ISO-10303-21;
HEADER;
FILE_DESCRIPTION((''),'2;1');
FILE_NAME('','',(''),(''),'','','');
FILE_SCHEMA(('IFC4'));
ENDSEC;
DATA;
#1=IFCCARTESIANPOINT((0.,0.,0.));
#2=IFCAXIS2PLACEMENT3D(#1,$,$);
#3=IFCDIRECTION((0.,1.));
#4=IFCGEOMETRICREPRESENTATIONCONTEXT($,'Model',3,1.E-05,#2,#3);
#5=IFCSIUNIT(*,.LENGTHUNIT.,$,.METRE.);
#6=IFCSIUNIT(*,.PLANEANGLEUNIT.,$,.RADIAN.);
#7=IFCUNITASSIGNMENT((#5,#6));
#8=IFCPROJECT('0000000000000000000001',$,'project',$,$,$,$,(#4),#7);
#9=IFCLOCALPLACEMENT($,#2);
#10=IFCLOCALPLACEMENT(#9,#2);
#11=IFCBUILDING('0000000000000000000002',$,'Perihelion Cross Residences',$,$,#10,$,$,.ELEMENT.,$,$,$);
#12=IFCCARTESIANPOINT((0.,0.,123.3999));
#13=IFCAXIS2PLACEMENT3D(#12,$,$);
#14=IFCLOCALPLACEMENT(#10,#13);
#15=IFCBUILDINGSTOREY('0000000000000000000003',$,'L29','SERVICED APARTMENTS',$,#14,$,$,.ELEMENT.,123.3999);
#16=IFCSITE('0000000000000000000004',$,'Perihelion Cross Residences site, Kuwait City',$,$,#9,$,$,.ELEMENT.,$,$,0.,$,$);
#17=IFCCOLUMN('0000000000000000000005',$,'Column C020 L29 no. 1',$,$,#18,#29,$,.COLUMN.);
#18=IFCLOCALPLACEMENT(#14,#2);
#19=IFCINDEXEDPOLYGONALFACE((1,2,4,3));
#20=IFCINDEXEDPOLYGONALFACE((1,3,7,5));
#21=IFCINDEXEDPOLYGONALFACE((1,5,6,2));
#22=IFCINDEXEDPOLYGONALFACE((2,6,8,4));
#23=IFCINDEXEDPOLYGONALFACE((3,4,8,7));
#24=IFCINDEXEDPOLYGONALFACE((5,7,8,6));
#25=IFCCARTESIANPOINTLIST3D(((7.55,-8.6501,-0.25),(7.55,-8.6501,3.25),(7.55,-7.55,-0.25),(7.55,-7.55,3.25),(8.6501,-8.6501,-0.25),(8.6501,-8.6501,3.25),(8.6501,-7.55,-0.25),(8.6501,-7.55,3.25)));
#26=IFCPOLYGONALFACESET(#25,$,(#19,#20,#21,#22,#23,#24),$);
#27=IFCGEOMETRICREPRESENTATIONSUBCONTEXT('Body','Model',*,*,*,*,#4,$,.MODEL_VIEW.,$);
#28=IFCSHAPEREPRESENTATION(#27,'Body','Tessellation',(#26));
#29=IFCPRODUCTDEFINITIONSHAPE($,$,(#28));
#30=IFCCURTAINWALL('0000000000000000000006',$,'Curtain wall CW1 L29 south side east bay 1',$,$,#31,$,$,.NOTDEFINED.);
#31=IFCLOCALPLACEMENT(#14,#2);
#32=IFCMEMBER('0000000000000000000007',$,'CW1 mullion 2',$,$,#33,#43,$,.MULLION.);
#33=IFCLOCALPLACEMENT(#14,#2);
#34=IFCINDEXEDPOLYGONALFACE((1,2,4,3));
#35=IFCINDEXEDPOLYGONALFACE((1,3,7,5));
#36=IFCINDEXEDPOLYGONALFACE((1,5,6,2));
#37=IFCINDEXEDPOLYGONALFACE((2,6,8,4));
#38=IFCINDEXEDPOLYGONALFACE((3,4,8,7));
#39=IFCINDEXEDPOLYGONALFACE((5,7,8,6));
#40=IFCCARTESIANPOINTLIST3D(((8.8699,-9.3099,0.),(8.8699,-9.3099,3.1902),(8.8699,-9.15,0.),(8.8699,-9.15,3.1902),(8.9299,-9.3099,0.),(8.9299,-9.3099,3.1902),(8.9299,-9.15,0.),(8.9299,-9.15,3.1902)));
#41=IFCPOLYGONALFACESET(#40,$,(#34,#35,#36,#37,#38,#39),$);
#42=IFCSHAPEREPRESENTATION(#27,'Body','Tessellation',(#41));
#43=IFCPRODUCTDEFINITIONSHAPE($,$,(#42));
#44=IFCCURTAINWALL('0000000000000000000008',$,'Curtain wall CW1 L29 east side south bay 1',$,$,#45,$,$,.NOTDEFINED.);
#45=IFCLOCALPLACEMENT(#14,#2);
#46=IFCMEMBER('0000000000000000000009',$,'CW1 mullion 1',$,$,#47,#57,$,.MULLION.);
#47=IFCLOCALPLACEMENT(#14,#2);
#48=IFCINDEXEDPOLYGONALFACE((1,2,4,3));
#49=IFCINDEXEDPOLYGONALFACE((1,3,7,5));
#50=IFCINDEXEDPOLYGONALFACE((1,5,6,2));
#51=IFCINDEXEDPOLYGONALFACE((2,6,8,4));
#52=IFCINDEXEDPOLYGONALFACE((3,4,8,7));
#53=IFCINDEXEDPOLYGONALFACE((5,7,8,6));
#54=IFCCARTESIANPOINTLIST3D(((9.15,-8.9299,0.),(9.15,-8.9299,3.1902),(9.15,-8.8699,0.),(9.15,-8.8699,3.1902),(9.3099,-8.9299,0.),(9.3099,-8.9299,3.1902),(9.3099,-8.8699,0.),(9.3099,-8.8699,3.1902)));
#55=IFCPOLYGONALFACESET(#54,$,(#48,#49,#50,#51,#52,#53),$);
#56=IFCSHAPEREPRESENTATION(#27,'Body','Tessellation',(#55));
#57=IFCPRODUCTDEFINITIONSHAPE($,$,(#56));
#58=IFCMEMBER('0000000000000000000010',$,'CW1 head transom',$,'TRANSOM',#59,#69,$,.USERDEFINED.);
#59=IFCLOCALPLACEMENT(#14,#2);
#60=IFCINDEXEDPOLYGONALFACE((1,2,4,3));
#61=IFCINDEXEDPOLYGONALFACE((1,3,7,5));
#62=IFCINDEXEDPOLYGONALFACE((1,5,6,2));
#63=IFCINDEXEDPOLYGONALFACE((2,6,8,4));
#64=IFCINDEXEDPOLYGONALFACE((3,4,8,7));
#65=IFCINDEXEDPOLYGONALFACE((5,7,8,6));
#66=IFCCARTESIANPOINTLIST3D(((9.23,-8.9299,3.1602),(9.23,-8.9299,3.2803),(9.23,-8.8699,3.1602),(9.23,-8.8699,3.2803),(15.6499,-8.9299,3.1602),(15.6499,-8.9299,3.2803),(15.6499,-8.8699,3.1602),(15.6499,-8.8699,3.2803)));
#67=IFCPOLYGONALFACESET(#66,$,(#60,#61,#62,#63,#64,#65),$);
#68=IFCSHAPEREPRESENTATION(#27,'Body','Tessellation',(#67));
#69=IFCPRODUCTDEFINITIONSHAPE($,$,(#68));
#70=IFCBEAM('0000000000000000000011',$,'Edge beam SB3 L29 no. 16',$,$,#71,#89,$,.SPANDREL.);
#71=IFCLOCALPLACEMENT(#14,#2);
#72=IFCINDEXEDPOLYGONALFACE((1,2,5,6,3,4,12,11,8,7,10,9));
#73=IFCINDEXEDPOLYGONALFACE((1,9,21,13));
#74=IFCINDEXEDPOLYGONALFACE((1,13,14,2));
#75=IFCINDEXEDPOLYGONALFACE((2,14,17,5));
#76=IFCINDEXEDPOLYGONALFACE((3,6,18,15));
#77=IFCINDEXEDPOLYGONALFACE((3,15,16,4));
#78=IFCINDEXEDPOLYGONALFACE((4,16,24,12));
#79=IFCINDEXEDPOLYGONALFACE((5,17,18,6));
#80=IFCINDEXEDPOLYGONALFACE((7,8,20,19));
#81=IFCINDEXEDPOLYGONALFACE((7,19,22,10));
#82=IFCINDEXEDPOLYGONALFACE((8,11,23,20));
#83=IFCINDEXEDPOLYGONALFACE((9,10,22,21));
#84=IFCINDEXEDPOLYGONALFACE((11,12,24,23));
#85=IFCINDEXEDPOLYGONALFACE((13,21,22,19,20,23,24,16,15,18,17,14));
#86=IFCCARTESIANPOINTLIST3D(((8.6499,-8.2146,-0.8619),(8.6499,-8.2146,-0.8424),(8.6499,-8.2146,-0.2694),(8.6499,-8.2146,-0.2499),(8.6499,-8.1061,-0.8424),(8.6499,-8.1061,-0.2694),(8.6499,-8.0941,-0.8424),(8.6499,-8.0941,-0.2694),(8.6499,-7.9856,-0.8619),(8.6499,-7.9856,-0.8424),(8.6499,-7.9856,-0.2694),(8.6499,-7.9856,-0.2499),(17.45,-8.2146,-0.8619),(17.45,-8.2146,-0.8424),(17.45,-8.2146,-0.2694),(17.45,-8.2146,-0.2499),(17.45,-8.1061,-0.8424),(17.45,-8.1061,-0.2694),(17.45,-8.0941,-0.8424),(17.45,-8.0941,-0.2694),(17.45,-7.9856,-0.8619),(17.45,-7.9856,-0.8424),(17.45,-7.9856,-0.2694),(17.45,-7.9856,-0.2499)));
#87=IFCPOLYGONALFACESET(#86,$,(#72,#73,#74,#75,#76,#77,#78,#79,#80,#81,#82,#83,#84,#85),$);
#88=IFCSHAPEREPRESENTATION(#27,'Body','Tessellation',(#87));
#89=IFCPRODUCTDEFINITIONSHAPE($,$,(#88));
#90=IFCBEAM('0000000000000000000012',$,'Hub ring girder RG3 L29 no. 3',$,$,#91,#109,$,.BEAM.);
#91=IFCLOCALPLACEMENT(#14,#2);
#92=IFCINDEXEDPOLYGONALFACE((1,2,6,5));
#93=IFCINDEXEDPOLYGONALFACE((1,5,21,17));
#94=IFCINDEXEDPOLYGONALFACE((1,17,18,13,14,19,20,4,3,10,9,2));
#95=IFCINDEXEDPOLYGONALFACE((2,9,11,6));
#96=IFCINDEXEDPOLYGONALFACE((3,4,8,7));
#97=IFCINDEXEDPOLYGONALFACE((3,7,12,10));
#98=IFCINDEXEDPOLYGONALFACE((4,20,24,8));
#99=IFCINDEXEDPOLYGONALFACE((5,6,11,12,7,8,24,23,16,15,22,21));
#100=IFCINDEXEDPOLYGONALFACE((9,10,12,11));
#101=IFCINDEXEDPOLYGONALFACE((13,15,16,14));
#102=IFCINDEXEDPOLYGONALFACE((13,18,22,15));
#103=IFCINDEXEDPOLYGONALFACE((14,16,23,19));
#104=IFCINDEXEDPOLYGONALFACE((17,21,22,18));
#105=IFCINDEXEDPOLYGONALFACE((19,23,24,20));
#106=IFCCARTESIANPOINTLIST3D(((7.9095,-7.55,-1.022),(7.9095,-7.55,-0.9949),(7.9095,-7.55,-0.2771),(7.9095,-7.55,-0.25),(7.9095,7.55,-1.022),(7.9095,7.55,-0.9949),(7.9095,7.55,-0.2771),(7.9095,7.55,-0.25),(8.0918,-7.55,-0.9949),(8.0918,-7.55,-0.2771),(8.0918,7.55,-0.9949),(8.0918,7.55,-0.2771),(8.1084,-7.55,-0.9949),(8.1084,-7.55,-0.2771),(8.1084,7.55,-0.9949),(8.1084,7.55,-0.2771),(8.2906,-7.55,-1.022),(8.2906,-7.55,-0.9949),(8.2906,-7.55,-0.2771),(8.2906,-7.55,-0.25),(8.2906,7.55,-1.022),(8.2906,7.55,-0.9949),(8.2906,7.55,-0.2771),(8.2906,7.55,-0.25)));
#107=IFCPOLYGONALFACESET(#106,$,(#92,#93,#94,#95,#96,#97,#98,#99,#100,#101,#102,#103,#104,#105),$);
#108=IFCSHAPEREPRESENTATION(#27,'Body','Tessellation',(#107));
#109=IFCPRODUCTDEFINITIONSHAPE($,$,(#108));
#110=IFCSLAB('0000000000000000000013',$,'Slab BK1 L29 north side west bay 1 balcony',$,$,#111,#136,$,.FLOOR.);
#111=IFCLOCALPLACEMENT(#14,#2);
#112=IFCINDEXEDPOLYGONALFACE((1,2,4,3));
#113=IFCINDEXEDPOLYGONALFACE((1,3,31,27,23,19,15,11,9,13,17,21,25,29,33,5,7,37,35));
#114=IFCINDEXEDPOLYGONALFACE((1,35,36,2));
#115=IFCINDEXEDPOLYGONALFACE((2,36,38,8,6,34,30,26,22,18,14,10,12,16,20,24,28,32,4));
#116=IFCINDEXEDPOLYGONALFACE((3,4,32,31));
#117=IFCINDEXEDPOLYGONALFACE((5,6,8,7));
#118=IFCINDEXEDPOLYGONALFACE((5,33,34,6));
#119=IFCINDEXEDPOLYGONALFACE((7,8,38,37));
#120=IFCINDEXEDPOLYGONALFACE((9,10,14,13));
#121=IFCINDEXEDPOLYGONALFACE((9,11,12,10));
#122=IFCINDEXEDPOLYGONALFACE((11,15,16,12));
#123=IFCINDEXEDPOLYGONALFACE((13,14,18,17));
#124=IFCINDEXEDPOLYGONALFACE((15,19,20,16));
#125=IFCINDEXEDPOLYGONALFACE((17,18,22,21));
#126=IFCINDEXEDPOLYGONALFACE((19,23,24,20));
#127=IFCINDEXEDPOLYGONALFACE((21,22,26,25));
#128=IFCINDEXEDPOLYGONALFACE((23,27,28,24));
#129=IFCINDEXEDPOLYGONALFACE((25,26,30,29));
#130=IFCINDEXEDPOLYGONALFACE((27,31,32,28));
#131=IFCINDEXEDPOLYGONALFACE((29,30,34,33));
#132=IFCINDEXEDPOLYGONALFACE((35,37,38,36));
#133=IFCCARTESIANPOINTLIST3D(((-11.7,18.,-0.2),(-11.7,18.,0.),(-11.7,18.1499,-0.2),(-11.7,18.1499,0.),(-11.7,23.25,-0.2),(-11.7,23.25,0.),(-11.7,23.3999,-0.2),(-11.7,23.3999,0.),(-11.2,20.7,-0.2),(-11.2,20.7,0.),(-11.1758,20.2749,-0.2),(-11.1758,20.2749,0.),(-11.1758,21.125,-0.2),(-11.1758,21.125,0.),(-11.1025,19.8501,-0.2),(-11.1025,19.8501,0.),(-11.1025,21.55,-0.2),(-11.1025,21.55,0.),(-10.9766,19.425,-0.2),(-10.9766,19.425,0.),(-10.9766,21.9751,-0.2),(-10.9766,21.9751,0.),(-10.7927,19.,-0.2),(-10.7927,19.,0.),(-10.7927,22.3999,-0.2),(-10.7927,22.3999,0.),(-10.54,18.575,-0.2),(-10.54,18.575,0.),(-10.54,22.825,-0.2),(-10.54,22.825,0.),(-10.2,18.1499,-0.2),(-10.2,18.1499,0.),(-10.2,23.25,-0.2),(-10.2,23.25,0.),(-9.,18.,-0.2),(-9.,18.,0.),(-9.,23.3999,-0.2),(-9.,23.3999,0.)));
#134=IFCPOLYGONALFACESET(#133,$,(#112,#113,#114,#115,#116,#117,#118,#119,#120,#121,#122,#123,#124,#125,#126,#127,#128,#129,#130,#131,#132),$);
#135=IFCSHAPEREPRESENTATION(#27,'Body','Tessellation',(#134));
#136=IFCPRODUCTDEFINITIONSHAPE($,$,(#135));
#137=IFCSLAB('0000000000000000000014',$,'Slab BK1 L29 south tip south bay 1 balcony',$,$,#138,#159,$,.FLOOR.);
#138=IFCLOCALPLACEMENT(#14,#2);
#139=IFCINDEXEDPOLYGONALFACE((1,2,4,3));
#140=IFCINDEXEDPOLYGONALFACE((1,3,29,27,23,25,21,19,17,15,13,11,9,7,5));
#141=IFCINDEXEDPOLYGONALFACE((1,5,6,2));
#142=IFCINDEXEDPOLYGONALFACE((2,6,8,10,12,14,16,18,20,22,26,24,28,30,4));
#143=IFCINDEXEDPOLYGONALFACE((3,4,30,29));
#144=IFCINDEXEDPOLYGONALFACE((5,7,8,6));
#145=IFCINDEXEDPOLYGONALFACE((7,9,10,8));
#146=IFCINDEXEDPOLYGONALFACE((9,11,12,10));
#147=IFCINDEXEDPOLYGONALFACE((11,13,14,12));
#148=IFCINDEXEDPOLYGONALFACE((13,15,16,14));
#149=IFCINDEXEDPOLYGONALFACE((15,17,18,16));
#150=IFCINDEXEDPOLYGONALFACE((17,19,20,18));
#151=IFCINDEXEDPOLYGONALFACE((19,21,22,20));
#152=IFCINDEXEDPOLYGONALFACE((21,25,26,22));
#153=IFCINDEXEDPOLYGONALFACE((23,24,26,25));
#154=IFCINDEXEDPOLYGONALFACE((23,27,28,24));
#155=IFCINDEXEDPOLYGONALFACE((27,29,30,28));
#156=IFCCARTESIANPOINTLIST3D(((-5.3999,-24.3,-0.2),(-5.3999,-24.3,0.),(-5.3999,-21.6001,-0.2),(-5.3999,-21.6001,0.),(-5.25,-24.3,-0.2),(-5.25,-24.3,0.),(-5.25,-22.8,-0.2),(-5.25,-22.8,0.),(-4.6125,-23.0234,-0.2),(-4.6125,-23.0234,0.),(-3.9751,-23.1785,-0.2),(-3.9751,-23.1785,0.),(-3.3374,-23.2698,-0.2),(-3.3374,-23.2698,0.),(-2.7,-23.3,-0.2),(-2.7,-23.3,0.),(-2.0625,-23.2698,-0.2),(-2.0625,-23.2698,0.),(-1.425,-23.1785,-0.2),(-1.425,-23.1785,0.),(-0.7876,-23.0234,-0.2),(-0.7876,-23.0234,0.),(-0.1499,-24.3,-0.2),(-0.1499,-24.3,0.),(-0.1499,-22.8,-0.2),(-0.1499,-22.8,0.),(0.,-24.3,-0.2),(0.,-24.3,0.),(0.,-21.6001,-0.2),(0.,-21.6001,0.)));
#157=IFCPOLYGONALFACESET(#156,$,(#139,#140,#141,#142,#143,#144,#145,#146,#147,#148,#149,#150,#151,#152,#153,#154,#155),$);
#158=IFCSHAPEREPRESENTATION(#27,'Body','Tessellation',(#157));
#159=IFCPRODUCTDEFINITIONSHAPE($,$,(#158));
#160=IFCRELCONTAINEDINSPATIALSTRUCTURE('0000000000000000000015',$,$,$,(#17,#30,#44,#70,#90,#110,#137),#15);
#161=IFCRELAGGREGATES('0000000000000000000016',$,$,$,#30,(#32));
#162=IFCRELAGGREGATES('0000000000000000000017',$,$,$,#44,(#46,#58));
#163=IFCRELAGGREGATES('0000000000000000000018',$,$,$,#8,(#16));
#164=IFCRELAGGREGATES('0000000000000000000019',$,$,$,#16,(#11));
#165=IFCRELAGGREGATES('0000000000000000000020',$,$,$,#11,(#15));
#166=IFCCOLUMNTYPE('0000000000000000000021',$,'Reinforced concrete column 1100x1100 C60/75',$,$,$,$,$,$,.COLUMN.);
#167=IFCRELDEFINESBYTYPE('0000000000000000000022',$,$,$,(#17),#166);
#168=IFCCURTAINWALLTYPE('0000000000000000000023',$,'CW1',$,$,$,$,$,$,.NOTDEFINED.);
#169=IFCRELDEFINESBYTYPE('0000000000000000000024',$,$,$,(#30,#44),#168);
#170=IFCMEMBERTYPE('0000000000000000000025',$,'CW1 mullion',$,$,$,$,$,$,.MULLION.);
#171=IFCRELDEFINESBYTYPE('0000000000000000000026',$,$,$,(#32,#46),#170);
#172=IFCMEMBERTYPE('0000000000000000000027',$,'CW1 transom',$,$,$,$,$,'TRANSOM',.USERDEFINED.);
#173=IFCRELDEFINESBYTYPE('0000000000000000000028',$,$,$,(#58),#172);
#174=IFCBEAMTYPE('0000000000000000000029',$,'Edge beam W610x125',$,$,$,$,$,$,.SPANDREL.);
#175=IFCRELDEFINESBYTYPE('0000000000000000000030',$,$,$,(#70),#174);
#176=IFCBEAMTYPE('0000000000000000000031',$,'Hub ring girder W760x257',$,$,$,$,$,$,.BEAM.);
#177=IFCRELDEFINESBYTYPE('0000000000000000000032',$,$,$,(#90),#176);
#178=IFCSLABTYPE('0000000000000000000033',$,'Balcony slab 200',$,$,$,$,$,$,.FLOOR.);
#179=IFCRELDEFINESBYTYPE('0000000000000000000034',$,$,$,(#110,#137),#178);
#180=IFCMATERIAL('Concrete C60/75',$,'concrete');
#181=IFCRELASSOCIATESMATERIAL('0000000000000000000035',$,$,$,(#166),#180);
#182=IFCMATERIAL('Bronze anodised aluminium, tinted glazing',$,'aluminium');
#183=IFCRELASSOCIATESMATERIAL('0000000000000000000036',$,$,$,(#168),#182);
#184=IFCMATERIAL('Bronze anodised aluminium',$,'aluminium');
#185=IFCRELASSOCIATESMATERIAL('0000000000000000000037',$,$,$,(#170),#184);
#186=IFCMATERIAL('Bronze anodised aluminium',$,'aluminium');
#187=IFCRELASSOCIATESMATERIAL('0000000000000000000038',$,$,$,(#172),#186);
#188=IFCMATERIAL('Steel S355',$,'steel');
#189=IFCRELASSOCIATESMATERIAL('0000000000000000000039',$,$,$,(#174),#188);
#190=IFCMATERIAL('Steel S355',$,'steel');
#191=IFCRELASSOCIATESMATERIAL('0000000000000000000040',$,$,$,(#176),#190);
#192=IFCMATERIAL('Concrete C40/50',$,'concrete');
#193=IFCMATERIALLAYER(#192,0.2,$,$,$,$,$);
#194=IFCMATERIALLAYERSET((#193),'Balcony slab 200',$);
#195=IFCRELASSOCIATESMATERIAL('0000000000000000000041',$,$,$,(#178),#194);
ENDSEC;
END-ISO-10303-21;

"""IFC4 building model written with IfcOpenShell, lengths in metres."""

from ifc_helpers import new_model, si_unit, direction, frame, origin, origin_2d, place, context, subcontext, project, spatial, polyline, rectangle, i_section, outline, extrude, material, layer, layer_set, material_profile, profile_set, type_object, element, aggregate, save


model = new_model("IFC4")

# Units and contexts
model_context = context("Model", 3, precision=1e-05, world=origin(), true_north=direction((0.0, 1.0)))
body_context = subcontext(model_context, "Body", "Model", "MODEL_VIEW")
ifc_project = project(units=[si_unit("LENGTHUNIT", "METRE"), si_unit("PLANEANGLEUNIT", "RADIAN")], contexts=[model_context])

# Site, building, storey
site_placement = place(None, origin())
site = spatial("IfcSite", under=ifc_project, at=site_placement, Name="Perihelion Cross Residences site, Kuwait City", CompositionType="ELEMENT", RefElevation=0.0)
building_placement = place(site_placement, origin())
building = spatial("IfcBuilding", under=site, at=building_placement, Name="Perihelion Cross Residences", CompositionType="ELEMENT")
storey_placement = place(building_placement, frame((0.0, 0.0, 123.3999)))
storey = spatial("IfcBuildingStorey", under=building, at=storey_placement, Name="L29", Description="SERVICED APARTMENTS", CompositionType="ELEMENT", Elevation=123.3999)

# Column
ifc_material_1 = material(Name="Concrete C60/75", Category="concrete")
ifc_material_profile_1 = material_profile(ifc_material_1, rectangle(XDim=1.1001, YDim=1.1001, at=origin_2d()), Name="RC 1100x1100")
ifc_profile_set_1 = profile_set([ifc_material_profile_1], Name="Concrete C60/75")
column_type = type_object("IfcColumnType", Name="Reinforced concrete column 1100x1100 C60/75", PredefinedType="COLUMN", material=ifc_profile_set_1)
column_placement = place(storey_placement, frame((8.1001, -8.1001, -0.25), z_axis=(0.0, 0.0, 1.0), x_axis=(1.0, 0.0, 0.0)))
element("IfcColumn", 1, at=column_placement, inside=storey, type_object=column_type, Name="Column C020 L29 no. 1", PredefinedType="COLUMN", context=body_context, shape_type="SweptSolid", body=[
    extrude(rectangle(XDim=1.1001, YDim=1.1001, at=origin_2d()), origin(), (0.0, 0.0, 1.0), 3.5),
])

# Curtain wall, member
ifc_material_2 = material(Name="Bronze anodised aluminium, tinted glazing", Category="aluminium")
curtain_wall_type = type_object("IfcCurtainWallType", Name="CW1", PredefinedType="NOTDEFINED", material=ifc_material_2)
curtain_wall_1_placement = place(storey_placement, origin())
curtain_wall_1 = element("IfcCurtainWall", 2, at=curtain_wall_1_placement, inside=storey, type_object=curtain_wall_type, Name="Curtain wall CW1 L29 south side east bay 1", PredefinedType="NOTDEFINED")
ifc_material_3 = material(Name="Bronze anodised aluminium", Category="aluminium")
ifc_material_profile_2 = material_profile(ifc_material_3, rectangle(XDim=0.0601, YDim=0.1599, at=origin_2d()), Name="CW1 mullion")
ifc_profile_set_2 = profile_set([ifc_material_profile_2], Name="Bronze anodised aluminium")
member_type_1 = type_object("IfcMemberType", Name="CW1 mullion", PredefinedType="MULLION", material=ifc_profile_set_2)
member_1_placement = place(storey_placement, frame((8.8999, -9.23, 0.0), z_axis=(0.0, 0.0, 1.0), x_axis=(-1.0, 0.0, 0.0)))
member_1 = element("IfcMember", 3, at=member_1_placement, type_object=member_type_1, Name="CW1 mullion 2", PredefinedType="MULLION", context=body_context, shape_type="SweptSolid", body=[
    extrude(rectangle(XDim=0.0601, YDim=0.1599, at=origin_2d()), origin(), (0.0, 0.0, 1.0), 3.1902),
])
aggregate(curtain_wall_1, [member_1])

# Curtain wall, members
curtain_wall_2_placement = place(storey_placement, origin())
curtain_wall_2 = element("IfcCurtainWall", 4, at=curtain_wall_2_placement, inside=storey, type_object=curtain_wall_type, Name="Curtain wall CW1 L29 east side south bay 1", PredefinedType="NOTDEFINED")
member_2_placement = place(storey_placement, frame((9.23, -8.8999, 0.0), z_axis=(0.0, 0.0, 1.0), x_axis=(0.0, 1.0, 0.0)))
member_2 = element("IfcMember", 5, at=member_2_placement, type_object=member_type_1, Name="CW1 mullion 1", PredefinedType="MULLION", context=body_context, shape_type="SweptSolid", body=[
    extrude(rectangle(XDim=0.0601, YDim=0.1599, at=origin_2d()), origin(), (0.0, 0.0, 1.0), 3.1902),
])
ifc_material_4 = material(Name="Bronze anodised aluminium", Category="aluminium")
ifc_material_profile_3 = material_profile(ifc_material_4, rectangle(XDim=0.0601, YDim=0.1201, at=origin_2d()), Name="CW1 transom")
ifc_profile_set_3 = profile_set([ifc_material_profile_3], Name="Bronze anodised aluminium")
member_type_2 = type_object("IfcMemberType", Name="CW1 transom", ElementType="TRANSOM", PredefinedType="USERDEFINED", material=ifc_profile_set_3)
member_3_placement = place(storey_placement, frame((9.23, -8.8999, 3.2202), z_axis=(1.0, 0.0, 0.0), x_axis=(0.0, 1.0, 0.0)))
member_3 = element("IfcMember", 6, at=member_3_placement, type_object=member_type_2, Name="CW1 head transom", ObjectType="TRANSOM", PredefinedType="USERDEFINED", context=body_context, shape_type="SweptSolid", body=[
    extrude(rectangle(XDim=0.0601, YDim=0.1201, at=origin_2d()), origin(), (0.0, 0.0, 1.0), 6.4199),
])

# Beams
ifc_material_5 = material(Name="Steel S355", Category="steel")
ifc_material_profile_4 = material_profile(ifc_material_5, i_section(OverallWidth=0.229, OverallDepth=0.6121, WebThickness=0.012, FlangeThickness=0.0195, at=origin_2d()), Name="W610x125")
ifc_profile_set_4 = profile_set([ifc_material_profile_4], Name="Steel S355")
beam_type_1 = type_object("IfcBeamType", Name="Edge beam W610x125", PredefinedType="SPANDREL", material=ifc_profile_set_4)
beam_1_placement = place(storey_placement, frame((8.6499, -8.1001, -0.5559), z_axis=(1.0, 0.0, 0.0), x_axis=(0.0, 1.0, 0.0)))
element("IfcBeam", 7, at=beam_1_placement, inside=storey, type_object=beam_type_1, Name="Edge beam SB3 L29 no. 16", PredefinedType="SPANDREL", context=body_context, shape_type="SweptSolid", body=[
    extrude(i_section(OverallWidth=0.229, OverallDepth=0.6121, WebThickness=0.012, FlangeThickness=0.0195, at=origin_2d()), origin(), (0.0, 0.0, 1.0), 8.8),
])
ifc_material_6 = material(Name="Steel S355", Category="steel")
ifc_material_profile_5 = material_profile(ifc_material_6, i_section(OverallWidth=0.3811, OverallDepth=0.772, WebThickness=0.0166, FlangeThickness=0.0271, at=origin_2d()), Name="W760x257")
ifc_profile_set_5 = profile_set([ifc_material_profile_5], Name="Steel S355")
beam_type_2 = type_object("IfcBeamType", Name="Hub ring girder W760x257", PredefinedType="BEAM", material=ifc_profile_set_5)
beam_2_placement = place(storey_placement, frame((8.1001, -7.55, -0.636), z_axis=(0.0, 1.0, 0.0), x_axis=(-1.0, 0.0, 0.0)))
element("IfcBeam", 8, at=beam_2_placement, inside=storey, type_object=beam_type_2, Name="Hub ring girder RG3 L29 no. 3", PredefinedType="BEAM", context=body_context, shape_type="SweptSolid", body=[
    extrude(i_section(OverallWidth=0.3811, OverallDepth=0.772, WebThickness=0.0166, FlangeThickness=0.0271, at=origin_2d()), origin(), (0.0, 0.0, 1.0), 15.1001),
])

# Slabs
ifc_material_7 = material(Name="Concrete C40/50", Category="concrete")
ifc_layer_1 = layer(ifc_material_7, 0.2)
ifc_layer_set_1 = layer_set([ifc_layer_1], Name="Balcony slab 200")
slab_type_1 = type_object("IfcSlabType", Name="Balcony slab 200", PredefinedType="FLOOR", material=ifc_layer_set_1)
slab_1_placement = place(storey_placement, frame((0.0, 0.0, -0.2)))
element("IfcSlab", 9, at=slab_1_placement, inside=storey, type_object=slab_type_1, Name="Slab BK1 L29 north side west bay 1 balcony", PredefinedType="FLOOR", context=body_context, shape_type="SweptSolid", body=[
    extrude(outline(polyline([(-9.0, 23.3999), (-9.0, 18.0), (-11.7, 18.0), (-11.7, 18.1499), (-10.2, 18.1499), (-10.54, 18.575), (-10.7927, 19.0), (-10.9766, 19.425), (-11.1025, 19.8501), (-11.1758, 20.2749), (-11.2, 20.7), (-11.1758, 21.125), (-11.1025, 21.55), (-10.9766, 21.9751), (-10.7927, 22.3999), (-10.54, 22.825), (-10.2, 23.25), (-11.7, 23.25), (-11.7, 23.3999), (-9.0, 23.3999)])), origin(), (0.0, 0.0, 1.0), 0.2),
])
slab_2_placement = place(storey_placement, frame((0.0, 0.0, -0.2)))
element("IfcSlab", 10, at=slab_2_placement, inside=storey, type_object=slab_type_1, Name="Slab BK1 L29 south tip south bay 1 balcony", PredefinedType="FLOOR", context=body_context, shape_type="SweptSolid", body=[
    extrude(outline(polyline([(-5.3999, -21.6001), (0.0, -21.6001), (0.0, -24.3), (-0.1499, -24.3), (-0.1499, -22.8), (-0.7876, -23.0234), (-1.425, -23.1785), (-2.0625, -23.2698), (-2.7, -23.3), (-3.3374, -23.2698), (-3.9751, -23.1785), (-4.6125, -23.0234), (-5.25, -22.8), (-5.25, -24.3), (-5.3999, -24.3), (-5.3999, -21.6001)])), origin(), (0.0, 0.0, 1.0), 0.2),
])

aggregate(curtain_wall_2, [member_2, member_3])

save(model, "model.ifc")
